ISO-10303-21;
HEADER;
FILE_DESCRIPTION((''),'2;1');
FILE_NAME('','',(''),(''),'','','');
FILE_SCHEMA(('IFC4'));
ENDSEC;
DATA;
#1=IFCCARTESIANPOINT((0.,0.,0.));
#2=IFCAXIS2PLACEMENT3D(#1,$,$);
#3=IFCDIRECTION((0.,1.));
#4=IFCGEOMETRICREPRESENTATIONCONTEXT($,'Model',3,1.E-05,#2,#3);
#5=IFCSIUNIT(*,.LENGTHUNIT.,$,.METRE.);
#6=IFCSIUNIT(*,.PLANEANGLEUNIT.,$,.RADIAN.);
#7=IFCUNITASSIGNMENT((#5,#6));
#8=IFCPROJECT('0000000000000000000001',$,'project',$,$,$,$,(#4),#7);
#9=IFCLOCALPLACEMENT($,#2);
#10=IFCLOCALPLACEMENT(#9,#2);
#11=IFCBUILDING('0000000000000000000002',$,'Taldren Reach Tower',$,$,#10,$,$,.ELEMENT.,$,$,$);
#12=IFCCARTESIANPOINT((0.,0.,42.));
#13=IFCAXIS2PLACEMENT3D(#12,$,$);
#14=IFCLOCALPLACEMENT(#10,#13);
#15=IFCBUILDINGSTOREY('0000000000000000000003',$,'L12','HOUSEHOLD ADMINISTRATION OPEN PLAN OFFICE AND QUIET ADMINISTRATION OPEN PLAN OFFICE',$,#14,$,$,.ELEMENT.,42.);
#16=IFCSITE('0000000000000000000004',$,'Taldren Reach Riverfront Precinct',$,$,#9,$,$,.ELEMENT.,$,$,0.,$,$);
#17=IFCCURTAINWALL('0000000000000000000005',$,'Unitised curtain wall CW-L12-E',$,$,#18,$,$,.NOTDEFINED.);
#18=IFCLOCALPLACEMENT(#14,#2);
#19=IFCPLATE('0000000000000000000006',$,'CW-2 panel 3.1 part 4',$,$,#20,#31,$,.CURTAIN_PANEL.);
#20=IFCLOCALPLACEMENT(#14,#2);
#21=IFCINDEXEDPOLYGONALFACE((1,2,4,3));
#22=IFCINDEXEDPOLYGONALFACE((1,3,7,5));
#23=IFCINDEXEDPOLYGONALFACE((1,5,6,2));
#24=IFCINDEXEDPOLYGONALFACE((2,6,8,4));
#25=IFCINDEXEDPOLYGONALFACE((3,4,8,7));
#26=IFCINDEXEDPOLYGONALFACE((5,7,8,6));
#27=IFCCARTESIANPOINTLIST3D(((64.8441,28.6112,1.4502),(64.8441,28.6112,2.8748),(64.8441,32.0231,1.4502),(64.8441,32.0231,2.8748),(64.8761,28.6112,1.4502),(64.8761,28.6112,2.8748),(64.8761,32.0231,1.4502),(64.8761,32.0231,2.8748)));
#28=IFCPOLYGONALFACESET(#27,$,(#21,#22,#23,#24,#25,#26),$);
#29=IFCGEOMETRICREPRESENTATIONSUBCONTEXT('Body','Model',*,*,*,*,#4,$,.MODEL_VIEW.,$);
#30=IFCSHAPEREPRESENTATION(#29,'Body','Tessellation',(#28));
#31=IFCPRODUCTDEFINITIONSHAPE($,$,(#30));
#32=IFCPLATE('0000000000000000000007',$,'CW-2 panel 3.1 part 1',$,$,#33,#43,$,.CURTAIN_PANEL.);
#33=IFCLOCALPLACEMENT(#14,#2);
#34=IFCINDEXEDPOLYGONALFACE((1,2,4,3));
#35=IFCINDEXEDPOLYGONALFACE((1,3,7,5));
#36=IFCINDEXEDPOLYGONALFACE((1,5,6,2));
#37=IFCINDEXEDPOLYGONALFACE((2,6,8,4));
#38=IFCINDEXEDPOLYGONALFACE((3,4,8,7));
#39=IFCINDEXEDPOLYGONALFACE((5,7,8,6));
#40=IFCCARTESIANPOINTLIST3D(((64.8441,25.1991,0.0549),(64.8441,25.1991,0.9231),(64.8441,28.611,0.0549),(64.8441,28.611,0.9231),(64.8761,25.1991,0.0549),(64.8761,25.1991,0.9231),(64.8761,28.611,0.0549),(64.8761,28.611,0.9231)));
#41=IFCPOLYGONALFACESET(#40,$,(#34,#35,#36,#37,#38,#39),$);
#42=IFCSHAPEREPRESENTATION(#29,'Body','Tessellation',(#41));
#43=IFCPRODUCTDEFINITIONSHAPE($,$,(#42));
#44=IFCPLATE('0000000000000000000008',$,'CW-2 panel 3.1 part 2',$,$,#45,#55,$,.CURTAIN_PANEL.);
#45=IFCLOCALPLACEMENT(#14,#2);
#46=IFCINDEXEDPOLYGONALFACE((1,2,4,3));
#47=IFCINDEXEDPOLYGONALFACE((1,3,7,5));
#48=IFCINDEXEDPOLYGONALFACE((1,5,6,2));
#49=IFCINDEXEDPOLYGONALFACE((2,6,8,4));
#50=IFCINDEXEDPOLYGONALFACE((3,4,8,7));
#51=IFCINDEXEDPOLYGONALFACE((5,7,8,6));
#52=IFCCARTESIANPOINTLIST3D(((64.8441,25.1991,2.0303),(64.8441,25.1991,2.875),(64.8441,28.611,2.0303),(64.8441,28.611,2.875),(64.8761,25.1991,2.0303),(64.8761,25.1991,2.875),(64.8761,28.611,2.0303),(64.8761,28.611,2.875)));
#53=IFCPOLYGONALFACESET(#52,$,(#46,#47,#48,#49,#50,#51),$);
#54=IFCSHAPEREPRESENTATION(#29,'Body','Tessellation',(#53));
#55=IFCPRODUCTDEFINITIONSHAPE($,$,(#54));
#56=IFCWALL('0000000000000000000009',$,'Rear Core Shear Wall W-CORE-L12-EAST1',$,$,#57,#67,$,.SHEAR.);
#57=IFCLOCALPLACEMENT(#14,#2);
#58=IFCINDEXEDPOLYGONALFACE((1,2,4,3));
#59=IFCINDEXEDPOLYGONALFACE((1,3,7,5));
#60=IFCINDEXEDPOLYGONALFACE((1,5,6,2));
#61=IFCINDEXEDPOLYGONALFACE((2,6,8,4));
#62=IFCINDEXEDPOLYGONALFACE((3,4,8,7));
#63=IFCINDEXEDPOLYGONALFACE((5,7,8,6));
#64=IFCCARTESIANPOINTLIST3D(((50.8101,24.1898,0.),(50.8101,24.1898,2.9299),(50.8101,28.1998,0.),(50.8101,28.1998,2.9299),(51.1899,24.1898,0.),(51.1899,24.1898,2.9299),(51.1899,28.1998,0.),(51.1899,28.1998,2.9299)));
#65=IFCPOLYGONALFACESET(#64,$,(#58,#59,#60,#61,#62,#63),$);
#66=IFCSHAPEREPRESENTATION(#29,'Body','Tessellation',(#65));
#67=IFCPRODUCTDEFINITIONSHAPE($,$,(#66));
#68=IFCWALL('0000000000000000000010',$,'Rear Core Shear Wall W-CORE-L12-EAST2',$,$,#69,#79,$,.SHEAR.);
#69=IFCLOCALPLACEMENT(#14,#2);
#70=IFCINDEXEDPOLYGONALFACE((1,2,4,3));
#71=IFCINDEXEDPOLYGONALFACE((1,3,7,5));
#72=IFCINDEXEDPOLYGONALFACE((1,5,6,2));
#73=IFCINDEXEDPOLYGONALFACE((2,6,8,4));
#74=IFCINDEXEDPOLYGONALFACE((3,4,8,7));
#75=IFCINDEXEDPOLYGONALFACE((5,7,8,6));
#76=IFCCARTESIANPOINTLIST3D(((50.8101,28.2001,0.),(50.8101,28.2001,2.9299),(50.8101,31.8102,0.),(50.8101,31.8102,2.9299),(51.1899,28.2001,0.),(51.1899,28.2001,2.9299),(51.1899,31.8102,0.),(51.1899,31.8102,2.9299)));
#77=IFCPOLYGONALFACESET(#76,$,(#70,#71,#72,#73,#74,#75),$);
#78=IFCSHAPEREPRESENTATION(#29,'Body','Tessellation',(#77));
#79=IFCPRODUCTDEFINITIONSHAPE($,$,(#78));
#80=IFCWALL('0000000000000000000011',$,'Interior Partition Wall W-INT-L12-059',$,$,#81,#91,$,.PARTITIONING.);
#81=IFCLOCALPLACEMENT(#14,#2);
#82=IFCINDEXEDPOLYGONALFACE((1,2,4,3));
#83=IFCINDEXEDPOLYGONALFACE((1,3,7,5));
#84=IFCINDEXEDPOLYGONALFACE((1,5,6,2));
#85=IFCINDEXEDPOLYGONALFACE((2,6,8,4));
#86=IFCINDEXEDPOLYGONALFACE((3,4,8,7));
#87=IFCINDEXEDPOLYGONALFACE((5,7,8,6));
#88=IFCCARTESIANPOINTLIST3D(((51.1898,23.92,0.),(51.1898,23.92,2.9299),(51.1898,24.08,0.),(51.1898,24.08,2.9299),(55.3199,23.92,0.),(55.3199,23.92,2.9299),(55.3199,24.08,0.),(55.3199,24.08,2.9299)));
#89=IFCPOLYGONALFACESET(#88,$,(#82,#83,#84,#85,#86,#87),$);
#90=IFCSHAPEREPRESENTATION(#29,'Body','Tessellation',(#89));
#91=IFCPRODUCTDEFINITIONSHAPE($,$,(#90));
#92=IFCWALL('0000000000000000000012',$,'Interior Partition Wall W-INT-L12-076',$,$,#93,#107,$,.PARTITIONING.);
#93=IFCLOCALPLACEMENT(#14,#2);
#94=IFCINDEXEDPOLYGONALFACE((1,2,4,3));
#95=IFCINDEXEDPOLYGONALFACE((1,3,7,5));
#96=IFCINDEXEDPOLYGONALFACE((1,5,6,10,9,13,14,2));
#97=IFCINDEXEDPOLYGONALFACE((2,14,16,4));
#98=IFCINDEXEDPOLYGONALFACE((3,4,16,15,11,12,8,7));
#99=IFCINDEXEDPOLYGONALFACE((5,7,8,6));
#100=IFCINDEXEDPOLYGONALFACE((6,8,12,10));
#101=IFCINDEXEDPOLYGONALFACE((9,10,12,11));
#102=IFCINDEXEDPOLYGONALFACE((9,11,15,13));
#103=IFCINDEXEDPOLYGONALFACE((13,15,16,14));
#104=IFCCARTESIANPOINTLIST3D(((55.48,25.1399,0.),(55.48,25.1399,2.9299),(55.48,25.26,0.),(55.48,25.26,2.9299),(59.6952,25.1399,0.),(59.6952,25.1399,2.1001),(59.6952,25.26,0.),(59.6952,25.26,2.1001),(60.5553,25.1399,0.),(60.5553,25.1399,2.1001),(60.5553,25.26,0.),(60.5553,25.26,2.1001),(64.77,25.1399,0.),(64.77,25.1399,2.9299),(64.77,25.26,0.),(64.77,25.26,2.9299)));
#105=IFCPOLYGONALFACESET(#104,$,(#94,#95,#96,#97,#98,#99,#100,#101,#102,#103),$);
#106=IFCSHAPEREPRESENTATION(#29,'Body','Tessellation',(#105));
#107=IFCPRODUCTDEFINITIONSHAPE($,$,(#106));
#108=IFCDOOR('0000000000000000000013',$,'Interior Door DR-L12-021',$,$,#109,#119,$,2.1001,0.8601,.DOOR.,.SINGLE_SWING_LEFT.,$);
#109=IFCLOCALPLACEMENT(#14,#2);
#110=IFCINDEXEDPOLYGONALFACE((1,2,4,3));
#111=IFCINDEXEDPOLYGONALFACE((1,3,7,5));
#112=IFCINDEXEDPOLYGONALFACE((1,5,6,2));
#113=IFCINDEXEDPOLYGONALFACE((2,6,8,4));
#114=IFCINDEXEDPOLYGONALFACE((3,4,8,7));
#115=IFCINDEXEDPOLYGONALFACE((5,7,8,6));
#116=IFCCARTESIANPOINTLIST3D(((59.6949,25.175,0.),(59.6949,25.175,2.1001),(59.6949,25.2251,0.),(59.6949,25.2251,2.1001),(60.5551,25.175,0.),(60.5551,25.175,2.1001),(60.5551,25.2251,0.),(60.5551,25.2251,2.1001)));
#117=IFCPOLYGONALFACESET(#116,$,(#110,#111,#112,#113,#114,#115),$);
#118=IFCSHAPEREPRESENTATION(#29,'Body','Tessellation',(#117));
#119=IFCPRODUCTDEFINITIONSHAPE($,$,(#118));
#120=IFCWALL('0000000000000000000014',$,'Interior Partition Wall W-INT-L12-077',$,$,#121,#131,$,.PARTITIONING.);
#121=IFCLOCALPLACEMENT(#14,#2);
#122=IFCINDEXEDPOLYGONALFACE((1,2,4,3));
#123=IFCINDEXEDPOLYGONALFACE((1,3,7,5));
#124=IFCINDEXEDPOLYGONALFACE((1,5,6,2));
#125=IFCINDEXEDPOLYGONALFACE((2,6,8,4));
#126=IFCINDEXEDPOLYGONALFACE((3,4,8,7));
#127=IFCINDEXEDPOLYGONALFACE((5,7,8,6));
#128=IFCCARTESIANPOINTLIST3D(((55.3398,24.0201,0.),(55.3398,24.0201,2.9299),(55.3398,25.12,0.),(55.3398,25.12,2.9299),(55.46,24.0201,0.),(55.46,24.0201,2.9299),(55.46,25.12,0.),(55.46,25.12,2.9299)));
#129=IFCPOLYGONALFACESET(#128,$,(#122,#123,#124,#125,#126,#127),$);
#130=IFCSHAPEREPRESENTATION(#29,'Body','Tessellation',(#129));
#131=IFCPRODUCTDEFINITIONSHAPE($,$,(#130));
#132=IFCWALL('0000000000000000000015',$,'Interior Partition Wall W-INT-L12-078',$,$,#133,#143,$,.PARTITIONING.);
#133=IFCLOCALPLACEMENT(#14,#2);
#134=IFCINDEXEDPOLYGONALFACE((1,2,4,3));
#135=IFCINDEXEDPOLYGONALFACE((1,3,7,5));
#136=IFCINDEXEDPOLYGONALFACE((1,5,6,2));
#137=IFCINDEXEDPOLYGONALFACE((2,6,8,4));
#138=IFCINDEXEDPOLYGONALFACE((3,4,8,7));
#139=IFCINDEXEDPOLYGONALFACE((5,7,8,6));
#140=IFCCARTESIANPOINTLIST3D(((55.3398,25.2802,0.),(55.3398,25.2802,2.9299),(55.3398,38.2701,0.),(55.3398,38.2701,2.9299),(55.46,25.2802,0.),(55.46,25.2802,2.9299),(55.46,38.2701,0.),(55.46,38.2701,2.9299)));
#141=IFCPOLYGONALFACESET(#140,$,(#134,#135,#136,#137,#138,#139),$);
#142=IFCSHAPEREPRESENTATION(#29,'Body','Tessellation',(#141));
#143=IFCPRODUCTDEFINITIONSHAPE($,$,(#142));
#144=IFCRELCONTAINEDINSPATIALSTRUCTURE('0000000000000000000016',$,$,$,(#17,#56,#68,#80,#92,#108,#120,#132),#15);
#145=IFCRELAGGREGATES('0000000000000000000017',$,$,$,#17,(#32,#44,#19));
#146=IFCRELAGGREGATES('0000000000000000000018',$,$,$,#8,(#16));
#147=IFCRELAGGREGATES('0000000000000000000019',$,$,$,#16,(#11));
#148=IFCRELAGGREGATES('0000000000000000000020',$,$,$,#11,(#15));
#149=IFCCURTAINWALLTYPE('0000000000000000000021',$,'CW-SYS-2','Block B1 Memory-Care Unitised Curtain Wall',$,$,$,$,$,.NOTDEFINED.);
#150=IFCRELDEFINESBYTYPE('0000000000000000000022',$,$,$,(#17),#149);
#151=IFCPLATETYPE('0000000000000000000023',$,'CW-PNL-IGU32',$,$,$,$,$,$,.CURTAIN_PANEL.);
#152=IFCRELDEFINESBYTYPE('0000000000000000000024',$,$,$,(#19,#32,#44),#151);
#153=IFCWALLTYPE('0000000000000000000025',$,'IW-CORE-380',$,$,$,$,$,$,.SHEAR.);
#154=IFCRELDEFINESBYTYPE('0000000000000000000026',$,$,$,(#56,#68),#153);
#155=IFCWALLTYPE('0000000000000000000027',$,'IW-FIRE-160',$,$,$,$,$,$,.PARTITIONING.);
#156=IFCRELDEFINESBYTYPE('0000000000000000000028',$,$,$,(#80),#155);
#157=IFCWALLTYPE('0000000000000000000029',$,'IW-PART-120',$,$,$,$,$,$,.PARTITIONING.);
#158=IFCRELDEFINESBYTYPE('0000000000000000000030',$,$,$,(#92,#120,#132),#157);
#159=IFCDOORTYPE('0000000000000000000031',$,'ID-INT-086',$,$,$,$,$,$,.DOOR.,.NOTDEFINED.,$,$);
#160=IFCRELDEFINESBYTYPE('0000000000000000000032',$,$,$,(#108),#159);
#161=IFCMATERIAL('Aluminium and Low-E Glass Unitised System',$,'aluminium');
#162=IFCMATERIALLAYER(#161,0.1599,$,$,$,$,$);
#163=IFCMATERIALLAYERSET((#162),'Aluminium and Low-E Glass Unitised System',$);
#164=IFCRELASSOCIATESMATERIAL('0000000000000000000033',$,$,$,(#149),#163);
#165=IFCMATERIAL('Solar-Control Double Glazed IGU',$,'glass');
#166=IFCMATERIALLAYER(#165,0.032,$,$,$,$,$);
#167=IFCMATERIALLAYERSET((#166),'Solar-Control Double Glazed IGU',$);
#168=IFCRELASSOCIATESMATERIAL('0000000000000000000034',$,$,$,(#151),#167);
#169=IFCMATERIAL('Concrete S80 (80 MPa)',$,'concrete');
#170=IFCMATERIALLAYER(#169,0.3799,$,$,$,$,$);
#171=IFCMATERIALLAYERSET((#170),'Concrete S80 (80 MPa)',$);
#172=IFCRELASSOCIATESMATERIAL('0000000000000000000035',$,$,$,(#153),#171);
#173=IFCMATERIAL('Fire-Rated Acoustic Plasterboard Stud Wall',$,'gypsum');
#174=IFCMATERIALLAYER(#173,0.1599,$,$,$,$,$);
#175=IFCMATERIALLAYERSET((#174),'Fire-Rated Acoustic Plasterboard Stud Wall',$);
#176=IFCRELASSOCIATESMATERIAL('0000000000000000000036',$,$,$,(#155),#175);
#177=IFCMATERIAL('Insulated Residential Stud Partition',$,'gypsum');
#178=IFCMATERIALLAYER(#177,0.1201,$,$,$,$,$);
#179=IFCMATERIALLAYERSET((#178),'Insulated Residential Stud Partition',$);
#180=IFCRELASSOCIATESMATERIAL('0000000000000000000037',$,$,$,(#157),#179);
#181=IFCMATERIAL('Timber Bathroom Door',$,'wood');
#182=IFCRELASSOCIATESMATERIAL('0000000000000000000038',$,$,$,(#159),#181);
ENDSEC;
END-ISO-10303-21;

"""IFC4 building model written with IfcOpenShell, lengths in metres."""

from ifc_helpers import new_model, si_unit, direction, frame, frame_2d, origin, origin_2d, place, context, subcontext, project, spatial, rectangle, extrude, source, transform, mapped, material, layer, layer_set, type_object, element, fill, aggregate, save


model = new_model("IFC4")

# Units and contexts
model_context = context("Model", 3, precision=1e-05, world=origin(), true_north=direction((0.0, 1.0)))
body_context = subcontext(model_context, "Body", "Model", "MODEL_VIEW")
ifc_project = project(units=[si_unit("LENGTHUNIT", "METRE"), si_unit("PLANEANGLEUNIT", "RADIAN")], contexts=[model_context])

# Site, building, storey
site_placement = place(None, origin())
site = spatial("IfcSite", under=ifc_project, at=site_placement, Name="Taldren Reach Riverfront Precinct", CompositionType="ELEMENT", RefElevation=0.0)
building_placement = place(site_placement, origin())
building = spatial("IfcBuilding", under=site, at=building_placement, Name="Taldren Reach Tower", CompositionType="ELEMENT")
storey_placement = place(building_placement, frame((0.0, 0.0, 42.0)))
storey = spatial("IfcBuildingStorey", under=building, at=storey_placement, Name="L12", Description="HOUSEHOLD ADMINISTRATION OPEN PLAN OFFICE AND QUIET ADMINISTRATION OPEN PLAN OFFICE", CompositionType="ELEMENT", Elevation=42.0)

# Curtain wall, plates
ifc_material_1 = material(Name="Aluminium and Low-E Glass Unitised System", Category="aluminium")
ifc_layer_1 = layer(ifc_material_1, 0.1599)
ifc_layer_set_1 = layer_set([ifc_layer_1], Name="Aluminium and Low-E Glass Unitised System")
curtain_wall_type = type_object("IfcCurtainWallType", Name="CW-SYS-2", Description="Block B1 Memory-Care Unitised Curtain Wall", PredefinedType="NOTDEFINED", material=ifc_layer_set_1)
curtain_wall_placement = place(storey_placement, origin())
curtain_wall = element("IfcCurtainWall", 1, at=curtain_wall_placement, inside=storey, type_object=curtain_wall_type, Name="Unitised curtain wall CW-L12-E", PredefinedType="NOTDEFINED")
ifc_material_2 = material(Name="Solar-Control Double Glazed IGU", Category="glass")
ifc_layer_2 = layer(ifc_material_2, 0.032)
ifc_layer_set_2 = layer_set([ifc_layer_2], Name="Solar-Control Double Glazed IGU")
plate_type = type_object("IfcPlateType", Name="CW-PNL-IGU32", PredefinedType="CURTAIN_PANEL", material=ifc_layer_set_2)
shared_shape_1 = source(origin(), body_context, "Body", "SweptSolid", [
    extrude(rectangle(XDim=3.4119, YDim=0.032, at=origin_2d()), origin(), (0.0, 0.0, 1.0), 1.4246),
])
plate_1_placement = place(storey_placement, frame((64.8601, 30.3171, 1.4502), z_axis=(0.0, 0.0, 1.0), x_axis=(0.0, 1.0, 0.0)))
plate_1 = element("IfcPlate", 2, at=plate_1_placement, type_object=plate_type, Name="CW-2 panel 3.1 part 4", PredefinedType="CURTAIN_PANEL", context=body_context, shape_type="MappedRepresentation", body=[
    mapped(shared_shape_1, transform((0.0, 0.0, 0.0), scale=1.0)),
])
shared_shape_2 = source(origin(), body_context, "Body", "SweptSolid", [
    extrude(rectangle(XDim=3.4119, YDim=0.032, at=origin_2d()), origin(), (0.0, 0.0, 1.0), 0.8682),
])
plate_2_placement = place(storey_placement, frame((64.8601, 26.905, 0.0549), z_axis=(0.0, 0.0, 1.0), x_axis=(0.0, 1.0, 0.0)))
plate_2 = element("IfcPlate", 3, at=plate_2_placement, type_object=plate_type, Name="CW-2 panel 3.1 part 1", PredefinedType="CURTAIN_PANEL", context=body_context, shape_type="MappedRepresentation", body=[
    mapped(shared_shape_2, transform((0.0, 0.0, 0.0), scale=1.0)),
])
shared_shape_3 = source(origin(), body_context, "Body", "SweptSolid", [
    extrude(rectangle(XDim=3.4119, YDim=0.032, at=origin_2d()), origin(), (0.0, 0.0, 1.0), 0.8447),
])
plate_3_placement = place(storey_placement, frame((64.8601, 26.905, 2.0303), z_axis=(0.0, 0.0, 1.0), x_axis=(0.0, 1.0, 0.0)))
plate_3 = element("IfcPlate", 4, at=plate_3_placement, type_object=plate_type, Name="CW-2 panel 3.1 part 2", PredefinedType="CURTAIN_PANEL", context=body_context, shape_type="MappedRepresentation", body=[
    mapped(shared_shape_3, transform((0.0, 0.0, 0.0), scale=1.0)),
])
aggregate(curtain_wall, [plate_2, plate_3, plate_1])

# Walls
ifc_material_3 = material(Name="Concrete S80 (80 MPa)", Category="concrete")
ifc_layer_3 = layer(ifc_material_3, 0.3799)
ifc_layer_set_3 = layer_set([ifc_layer_3], Name="Concrete S80 (80 MPa)")
wall_type_1 = type_object("IfcWallType", Name="IW-CORE-380", PredefinedType="SHEAR", material=ifc_layer_set_3)
shared_shape_4 = source(origin(), body_context, "Body", "SweptSolid", [
    extrude(rectangle(XDim=4.01, YDim=0.3799, at=frame_2d((2.0049, 0.0))), origin(), (0.0, 0.0, 1.0), 2.9299),
])
wall_1_placement = place(storey_placement, frame((51.0, 24.1899, 0.0), z_axis=(0.0, 0.0, 1.0), x_axis=(0.0, 1.0, 0.0)))
element("IfcWall", 5, at=wall_1_placement, inside=storey, type_object=wall_type_1, Name="Rear Core Shear Wall W-CORE-L12-EAST1", PredefinedType="SHEAR", context=body_context, shape_type="MappedRepresentation", body=[
    mapped(shared_shape_4, transform((0.0, 0.0, 0.0), scale=1.0)),
])
shared_shape_5 = source(origin(), body_context, "Body", "SweptSolid", [
    extrude(rectangle(XDim=3.6101, YDim=0.3799, at=frame_2d((1.8052, 0.0))), origin(), (0.0, 0.0, 1.0), 2.9299),
])
wall_2_placement = place(storey_placement, frame((51.0, 28.2, 0.0), z_axis=(0.0, 0.0, 1.0), x_axis=(0.0, 1.0, 0.0)))
element("IfcWall", 6, at=wall_2_placement, inside=storey, type_object=wall_type_1, Name="Rear Core Shear Wall W-CORE-L12-EAST2", PredefinedType="SHEAR", context=body_context, shape_type="MappedRepresentation", body=[
    mapped(shared_shape_5, transform((0.0, 0.0, 0.0), scale=1.0)),
])
ifc_material_4 = material(Name="Fire-Rated Acoustic Plasterboard Stud Wall", Category="gypsum")
ifc_layer_4 = layer(ifc_material_4, 0.1599)
ifc_layer_set_4 = layer_set([ifc_layer_4], Name="Fire-Rated Acoustic Plasterboard Stud Wall")
wall_type_2 = type_object("IfcWallType", Name="IW-FIRE-160", PredefinedType="PARTITIONING", material=ifc_layer_set_4)
shared_shape_6 = source(origin(), body_context, "Body", "SweptSolid", [
    extrude(rectangle(XDim=4.1301, YDim=0.1599, at=frame_2d((2.0649, 0.0))), origin(), (0.0, 0.0, 1.0), 2.9299),
])
wall_3_placement = place(storey_placement, frame((51.1899, 24.0, 0.0), z_axis=(0.0, 0.0, 1.0), x_axis=(1.0, 0.0, 0.0)))
element("IfcWall", 7, at=wall_3_placement, inside=storey, type_object=wall_type_2, Name="Interior Partition Wall W-INT-L12-059", PredefinedType="PARTITIONING", context=body_context, shape_type="MappedRepresentation", body=[
    mapped(shared_shape_6, transform((0.0, 0.0, 0.0), scale=1.0)),
])

# Wall, opening, door
ifc_material_5 = material(Name="Insulated Residential Stud Partition", Category="gypsum")
ifc_layer_5 = layer(ifc_material_5, 0.1201)
ifc_layer_set_5 = layer_set([ifc_layer_5], Name="Insulated Residential Stud Partition")
wall_type_3 = type_object("IfcWallType", Name="IW-PART-120", PredefinedType="PARTITIONING", material=ifc_layer_set_5)
shared_shape_7 = source(origin(), body_context, "Body", "SweptSolid", [
    extrude(rectangle(XDim=9.29, YDim=0.1201, at=frame_2d((4.645, 0.0))), origin(), (0.0, 0.0, 1.0), 2.9299),
])
wall_4_placement = place(storey_placement, frame((55.48, 25.2, 0.0), z_axis=(0.0, 0.0, 1.0), x_axis=(1.0, 0.0, 0.0)))
wall_4 = element("IfcWall", 8, at=wall_4_placement, inside=storey, type_object=wall_type_3, Name="Interior Partition Wall W-INT-L12-076", PredefinedType="PARTITIONING", context=body_context, shape_type="MappedRepresentation", body=[
    mapped(shared_shape_7, transform((0.0, 0.0, 0.0), scale=1.0)),
])
shared_shape_8 = source(origin(), body_context, "Body", "SweptSolid", [
    extrude(rectangle(XDim=0.8601, YDim=2.1001, at=frame_2d((0.4302, 1.05))), frame((0.0, 0.0701, 0.0), z_axis=(0.0, -1.0, 0.0), x_axis=(1.0, 0.0, 0.0)), (0.0, 0.0, 1.0), 0.1401),
])
opening_placement = place(wall_4_placement, frame((4.2151, 0.0, 0.0)))
opening = element("IfcOpeningElement", 9, at=opening_placement, cuts=wall_4, PredefinedType="OPENING", context=body_context, shape_type="MappedRepresentation", body=[
    mapped(shared_shape_8, transform((0.0, 0.0, 0.0), scale=1.0)),
])
ifc_material_6 = material(Name="Timber Bathroom Door", Category="wood")
door_type = type_object("IfcDoorType", Name="ID-INT-086", OperationType="NOTDEFINED", PredefinedType="DOOR", material=ifc_material_6)
shared_shape_9 = source(origin(), body_context, "Body", "SweptSolid", [
    extrude(rectangle(XDim=0.8601, YDim=2.1001, at=frame_2d((0.4302, 1.05))), frame((0.0, 0.0249, 0.0), z_axis=(0.0, -1.0, 0.0), x_axis=(1.0, 0.0, 0.0)), (0.0, 0.0, 1.0), 0.05),
])
door_placement = place(opening_placement, frame((0.8601, 0.0, 0.0), z_axis=(0.0, 0.0, 1.0), x_axis=(-1.0, 0.0, 0.0)))
door = element("IfcDoor", 10, at=door_placement, inside=storey, type_object=door_type, Name="Interior Door DR-L12-021", OperationType="SINGLE_SWING_LEFT", OverallHeight=2.1001, OverallWidth=0.8601, PredefinedType="DOOR", context=body_context, shape_type="MappedRepresentation", body=[
    mapped(shared_shape_9, transform((0.0, 0.0, 0.0), scale=1.0)),
])
fill(opening, door)

# Walls
shared_shape_10 = source(origin(), body_context, "Body", "SweptSolid", [
    extrude(rectangle(XDim=1.0999, YDim=0.1201, at=frame_2d((0.5498, 0.0))), origin(), (0.0, 0.0, 1.0), 2.9299),
])
wall_5_placement = place(storey_placement, frame((55.3999, 24.0203, 0.0), z_axis=(0.0, 0.0, 1.0), x_axis=(0.0, 1.0, 0.0)))
element("IfcWall", 11, at=wall_5_placement, inside=storey, type_object=wall_type_3, Name="Interior Partition Wall W-INT-L12-077", PredefinedType="PARTITIONING", context=body_context, shape_type="MappedRepresentation", body=[
    mapped(shared_shape_10, transform((0.0, 0.0, 0.0), scale=1.0)),
])
shared_shape_11 = source(origin(), body_context, "Body", "SweptSolid", [
    extrude(rectangle(XDim=12.99, YDim=0.1201, at=frame_2d((6.4951, 0.0))), origin(), (0.0, 0.0, 1.0), 2.9299),
])
wall_6_placement = place(storey_placement, frame((55.3999, 25.28, 0.0), z_axis=(0.0, 0.0, 1.0), x_axis=(0.0, 1.0, 0.0)))
element("IfcWall", 12, at=wall_6_placement, inside=storey, type_object=wall_type_3, Name="Interior Partition Wall W-INT-L12-078", PredefinedType="PARTITIONING", context=body_context, shape_type="MappedRepresentation", body=[
    mapped(shared_shape_11, transform((0.0, 0.0, 0.0), scale=1.0)),
])

save(model, "model.ifc")
